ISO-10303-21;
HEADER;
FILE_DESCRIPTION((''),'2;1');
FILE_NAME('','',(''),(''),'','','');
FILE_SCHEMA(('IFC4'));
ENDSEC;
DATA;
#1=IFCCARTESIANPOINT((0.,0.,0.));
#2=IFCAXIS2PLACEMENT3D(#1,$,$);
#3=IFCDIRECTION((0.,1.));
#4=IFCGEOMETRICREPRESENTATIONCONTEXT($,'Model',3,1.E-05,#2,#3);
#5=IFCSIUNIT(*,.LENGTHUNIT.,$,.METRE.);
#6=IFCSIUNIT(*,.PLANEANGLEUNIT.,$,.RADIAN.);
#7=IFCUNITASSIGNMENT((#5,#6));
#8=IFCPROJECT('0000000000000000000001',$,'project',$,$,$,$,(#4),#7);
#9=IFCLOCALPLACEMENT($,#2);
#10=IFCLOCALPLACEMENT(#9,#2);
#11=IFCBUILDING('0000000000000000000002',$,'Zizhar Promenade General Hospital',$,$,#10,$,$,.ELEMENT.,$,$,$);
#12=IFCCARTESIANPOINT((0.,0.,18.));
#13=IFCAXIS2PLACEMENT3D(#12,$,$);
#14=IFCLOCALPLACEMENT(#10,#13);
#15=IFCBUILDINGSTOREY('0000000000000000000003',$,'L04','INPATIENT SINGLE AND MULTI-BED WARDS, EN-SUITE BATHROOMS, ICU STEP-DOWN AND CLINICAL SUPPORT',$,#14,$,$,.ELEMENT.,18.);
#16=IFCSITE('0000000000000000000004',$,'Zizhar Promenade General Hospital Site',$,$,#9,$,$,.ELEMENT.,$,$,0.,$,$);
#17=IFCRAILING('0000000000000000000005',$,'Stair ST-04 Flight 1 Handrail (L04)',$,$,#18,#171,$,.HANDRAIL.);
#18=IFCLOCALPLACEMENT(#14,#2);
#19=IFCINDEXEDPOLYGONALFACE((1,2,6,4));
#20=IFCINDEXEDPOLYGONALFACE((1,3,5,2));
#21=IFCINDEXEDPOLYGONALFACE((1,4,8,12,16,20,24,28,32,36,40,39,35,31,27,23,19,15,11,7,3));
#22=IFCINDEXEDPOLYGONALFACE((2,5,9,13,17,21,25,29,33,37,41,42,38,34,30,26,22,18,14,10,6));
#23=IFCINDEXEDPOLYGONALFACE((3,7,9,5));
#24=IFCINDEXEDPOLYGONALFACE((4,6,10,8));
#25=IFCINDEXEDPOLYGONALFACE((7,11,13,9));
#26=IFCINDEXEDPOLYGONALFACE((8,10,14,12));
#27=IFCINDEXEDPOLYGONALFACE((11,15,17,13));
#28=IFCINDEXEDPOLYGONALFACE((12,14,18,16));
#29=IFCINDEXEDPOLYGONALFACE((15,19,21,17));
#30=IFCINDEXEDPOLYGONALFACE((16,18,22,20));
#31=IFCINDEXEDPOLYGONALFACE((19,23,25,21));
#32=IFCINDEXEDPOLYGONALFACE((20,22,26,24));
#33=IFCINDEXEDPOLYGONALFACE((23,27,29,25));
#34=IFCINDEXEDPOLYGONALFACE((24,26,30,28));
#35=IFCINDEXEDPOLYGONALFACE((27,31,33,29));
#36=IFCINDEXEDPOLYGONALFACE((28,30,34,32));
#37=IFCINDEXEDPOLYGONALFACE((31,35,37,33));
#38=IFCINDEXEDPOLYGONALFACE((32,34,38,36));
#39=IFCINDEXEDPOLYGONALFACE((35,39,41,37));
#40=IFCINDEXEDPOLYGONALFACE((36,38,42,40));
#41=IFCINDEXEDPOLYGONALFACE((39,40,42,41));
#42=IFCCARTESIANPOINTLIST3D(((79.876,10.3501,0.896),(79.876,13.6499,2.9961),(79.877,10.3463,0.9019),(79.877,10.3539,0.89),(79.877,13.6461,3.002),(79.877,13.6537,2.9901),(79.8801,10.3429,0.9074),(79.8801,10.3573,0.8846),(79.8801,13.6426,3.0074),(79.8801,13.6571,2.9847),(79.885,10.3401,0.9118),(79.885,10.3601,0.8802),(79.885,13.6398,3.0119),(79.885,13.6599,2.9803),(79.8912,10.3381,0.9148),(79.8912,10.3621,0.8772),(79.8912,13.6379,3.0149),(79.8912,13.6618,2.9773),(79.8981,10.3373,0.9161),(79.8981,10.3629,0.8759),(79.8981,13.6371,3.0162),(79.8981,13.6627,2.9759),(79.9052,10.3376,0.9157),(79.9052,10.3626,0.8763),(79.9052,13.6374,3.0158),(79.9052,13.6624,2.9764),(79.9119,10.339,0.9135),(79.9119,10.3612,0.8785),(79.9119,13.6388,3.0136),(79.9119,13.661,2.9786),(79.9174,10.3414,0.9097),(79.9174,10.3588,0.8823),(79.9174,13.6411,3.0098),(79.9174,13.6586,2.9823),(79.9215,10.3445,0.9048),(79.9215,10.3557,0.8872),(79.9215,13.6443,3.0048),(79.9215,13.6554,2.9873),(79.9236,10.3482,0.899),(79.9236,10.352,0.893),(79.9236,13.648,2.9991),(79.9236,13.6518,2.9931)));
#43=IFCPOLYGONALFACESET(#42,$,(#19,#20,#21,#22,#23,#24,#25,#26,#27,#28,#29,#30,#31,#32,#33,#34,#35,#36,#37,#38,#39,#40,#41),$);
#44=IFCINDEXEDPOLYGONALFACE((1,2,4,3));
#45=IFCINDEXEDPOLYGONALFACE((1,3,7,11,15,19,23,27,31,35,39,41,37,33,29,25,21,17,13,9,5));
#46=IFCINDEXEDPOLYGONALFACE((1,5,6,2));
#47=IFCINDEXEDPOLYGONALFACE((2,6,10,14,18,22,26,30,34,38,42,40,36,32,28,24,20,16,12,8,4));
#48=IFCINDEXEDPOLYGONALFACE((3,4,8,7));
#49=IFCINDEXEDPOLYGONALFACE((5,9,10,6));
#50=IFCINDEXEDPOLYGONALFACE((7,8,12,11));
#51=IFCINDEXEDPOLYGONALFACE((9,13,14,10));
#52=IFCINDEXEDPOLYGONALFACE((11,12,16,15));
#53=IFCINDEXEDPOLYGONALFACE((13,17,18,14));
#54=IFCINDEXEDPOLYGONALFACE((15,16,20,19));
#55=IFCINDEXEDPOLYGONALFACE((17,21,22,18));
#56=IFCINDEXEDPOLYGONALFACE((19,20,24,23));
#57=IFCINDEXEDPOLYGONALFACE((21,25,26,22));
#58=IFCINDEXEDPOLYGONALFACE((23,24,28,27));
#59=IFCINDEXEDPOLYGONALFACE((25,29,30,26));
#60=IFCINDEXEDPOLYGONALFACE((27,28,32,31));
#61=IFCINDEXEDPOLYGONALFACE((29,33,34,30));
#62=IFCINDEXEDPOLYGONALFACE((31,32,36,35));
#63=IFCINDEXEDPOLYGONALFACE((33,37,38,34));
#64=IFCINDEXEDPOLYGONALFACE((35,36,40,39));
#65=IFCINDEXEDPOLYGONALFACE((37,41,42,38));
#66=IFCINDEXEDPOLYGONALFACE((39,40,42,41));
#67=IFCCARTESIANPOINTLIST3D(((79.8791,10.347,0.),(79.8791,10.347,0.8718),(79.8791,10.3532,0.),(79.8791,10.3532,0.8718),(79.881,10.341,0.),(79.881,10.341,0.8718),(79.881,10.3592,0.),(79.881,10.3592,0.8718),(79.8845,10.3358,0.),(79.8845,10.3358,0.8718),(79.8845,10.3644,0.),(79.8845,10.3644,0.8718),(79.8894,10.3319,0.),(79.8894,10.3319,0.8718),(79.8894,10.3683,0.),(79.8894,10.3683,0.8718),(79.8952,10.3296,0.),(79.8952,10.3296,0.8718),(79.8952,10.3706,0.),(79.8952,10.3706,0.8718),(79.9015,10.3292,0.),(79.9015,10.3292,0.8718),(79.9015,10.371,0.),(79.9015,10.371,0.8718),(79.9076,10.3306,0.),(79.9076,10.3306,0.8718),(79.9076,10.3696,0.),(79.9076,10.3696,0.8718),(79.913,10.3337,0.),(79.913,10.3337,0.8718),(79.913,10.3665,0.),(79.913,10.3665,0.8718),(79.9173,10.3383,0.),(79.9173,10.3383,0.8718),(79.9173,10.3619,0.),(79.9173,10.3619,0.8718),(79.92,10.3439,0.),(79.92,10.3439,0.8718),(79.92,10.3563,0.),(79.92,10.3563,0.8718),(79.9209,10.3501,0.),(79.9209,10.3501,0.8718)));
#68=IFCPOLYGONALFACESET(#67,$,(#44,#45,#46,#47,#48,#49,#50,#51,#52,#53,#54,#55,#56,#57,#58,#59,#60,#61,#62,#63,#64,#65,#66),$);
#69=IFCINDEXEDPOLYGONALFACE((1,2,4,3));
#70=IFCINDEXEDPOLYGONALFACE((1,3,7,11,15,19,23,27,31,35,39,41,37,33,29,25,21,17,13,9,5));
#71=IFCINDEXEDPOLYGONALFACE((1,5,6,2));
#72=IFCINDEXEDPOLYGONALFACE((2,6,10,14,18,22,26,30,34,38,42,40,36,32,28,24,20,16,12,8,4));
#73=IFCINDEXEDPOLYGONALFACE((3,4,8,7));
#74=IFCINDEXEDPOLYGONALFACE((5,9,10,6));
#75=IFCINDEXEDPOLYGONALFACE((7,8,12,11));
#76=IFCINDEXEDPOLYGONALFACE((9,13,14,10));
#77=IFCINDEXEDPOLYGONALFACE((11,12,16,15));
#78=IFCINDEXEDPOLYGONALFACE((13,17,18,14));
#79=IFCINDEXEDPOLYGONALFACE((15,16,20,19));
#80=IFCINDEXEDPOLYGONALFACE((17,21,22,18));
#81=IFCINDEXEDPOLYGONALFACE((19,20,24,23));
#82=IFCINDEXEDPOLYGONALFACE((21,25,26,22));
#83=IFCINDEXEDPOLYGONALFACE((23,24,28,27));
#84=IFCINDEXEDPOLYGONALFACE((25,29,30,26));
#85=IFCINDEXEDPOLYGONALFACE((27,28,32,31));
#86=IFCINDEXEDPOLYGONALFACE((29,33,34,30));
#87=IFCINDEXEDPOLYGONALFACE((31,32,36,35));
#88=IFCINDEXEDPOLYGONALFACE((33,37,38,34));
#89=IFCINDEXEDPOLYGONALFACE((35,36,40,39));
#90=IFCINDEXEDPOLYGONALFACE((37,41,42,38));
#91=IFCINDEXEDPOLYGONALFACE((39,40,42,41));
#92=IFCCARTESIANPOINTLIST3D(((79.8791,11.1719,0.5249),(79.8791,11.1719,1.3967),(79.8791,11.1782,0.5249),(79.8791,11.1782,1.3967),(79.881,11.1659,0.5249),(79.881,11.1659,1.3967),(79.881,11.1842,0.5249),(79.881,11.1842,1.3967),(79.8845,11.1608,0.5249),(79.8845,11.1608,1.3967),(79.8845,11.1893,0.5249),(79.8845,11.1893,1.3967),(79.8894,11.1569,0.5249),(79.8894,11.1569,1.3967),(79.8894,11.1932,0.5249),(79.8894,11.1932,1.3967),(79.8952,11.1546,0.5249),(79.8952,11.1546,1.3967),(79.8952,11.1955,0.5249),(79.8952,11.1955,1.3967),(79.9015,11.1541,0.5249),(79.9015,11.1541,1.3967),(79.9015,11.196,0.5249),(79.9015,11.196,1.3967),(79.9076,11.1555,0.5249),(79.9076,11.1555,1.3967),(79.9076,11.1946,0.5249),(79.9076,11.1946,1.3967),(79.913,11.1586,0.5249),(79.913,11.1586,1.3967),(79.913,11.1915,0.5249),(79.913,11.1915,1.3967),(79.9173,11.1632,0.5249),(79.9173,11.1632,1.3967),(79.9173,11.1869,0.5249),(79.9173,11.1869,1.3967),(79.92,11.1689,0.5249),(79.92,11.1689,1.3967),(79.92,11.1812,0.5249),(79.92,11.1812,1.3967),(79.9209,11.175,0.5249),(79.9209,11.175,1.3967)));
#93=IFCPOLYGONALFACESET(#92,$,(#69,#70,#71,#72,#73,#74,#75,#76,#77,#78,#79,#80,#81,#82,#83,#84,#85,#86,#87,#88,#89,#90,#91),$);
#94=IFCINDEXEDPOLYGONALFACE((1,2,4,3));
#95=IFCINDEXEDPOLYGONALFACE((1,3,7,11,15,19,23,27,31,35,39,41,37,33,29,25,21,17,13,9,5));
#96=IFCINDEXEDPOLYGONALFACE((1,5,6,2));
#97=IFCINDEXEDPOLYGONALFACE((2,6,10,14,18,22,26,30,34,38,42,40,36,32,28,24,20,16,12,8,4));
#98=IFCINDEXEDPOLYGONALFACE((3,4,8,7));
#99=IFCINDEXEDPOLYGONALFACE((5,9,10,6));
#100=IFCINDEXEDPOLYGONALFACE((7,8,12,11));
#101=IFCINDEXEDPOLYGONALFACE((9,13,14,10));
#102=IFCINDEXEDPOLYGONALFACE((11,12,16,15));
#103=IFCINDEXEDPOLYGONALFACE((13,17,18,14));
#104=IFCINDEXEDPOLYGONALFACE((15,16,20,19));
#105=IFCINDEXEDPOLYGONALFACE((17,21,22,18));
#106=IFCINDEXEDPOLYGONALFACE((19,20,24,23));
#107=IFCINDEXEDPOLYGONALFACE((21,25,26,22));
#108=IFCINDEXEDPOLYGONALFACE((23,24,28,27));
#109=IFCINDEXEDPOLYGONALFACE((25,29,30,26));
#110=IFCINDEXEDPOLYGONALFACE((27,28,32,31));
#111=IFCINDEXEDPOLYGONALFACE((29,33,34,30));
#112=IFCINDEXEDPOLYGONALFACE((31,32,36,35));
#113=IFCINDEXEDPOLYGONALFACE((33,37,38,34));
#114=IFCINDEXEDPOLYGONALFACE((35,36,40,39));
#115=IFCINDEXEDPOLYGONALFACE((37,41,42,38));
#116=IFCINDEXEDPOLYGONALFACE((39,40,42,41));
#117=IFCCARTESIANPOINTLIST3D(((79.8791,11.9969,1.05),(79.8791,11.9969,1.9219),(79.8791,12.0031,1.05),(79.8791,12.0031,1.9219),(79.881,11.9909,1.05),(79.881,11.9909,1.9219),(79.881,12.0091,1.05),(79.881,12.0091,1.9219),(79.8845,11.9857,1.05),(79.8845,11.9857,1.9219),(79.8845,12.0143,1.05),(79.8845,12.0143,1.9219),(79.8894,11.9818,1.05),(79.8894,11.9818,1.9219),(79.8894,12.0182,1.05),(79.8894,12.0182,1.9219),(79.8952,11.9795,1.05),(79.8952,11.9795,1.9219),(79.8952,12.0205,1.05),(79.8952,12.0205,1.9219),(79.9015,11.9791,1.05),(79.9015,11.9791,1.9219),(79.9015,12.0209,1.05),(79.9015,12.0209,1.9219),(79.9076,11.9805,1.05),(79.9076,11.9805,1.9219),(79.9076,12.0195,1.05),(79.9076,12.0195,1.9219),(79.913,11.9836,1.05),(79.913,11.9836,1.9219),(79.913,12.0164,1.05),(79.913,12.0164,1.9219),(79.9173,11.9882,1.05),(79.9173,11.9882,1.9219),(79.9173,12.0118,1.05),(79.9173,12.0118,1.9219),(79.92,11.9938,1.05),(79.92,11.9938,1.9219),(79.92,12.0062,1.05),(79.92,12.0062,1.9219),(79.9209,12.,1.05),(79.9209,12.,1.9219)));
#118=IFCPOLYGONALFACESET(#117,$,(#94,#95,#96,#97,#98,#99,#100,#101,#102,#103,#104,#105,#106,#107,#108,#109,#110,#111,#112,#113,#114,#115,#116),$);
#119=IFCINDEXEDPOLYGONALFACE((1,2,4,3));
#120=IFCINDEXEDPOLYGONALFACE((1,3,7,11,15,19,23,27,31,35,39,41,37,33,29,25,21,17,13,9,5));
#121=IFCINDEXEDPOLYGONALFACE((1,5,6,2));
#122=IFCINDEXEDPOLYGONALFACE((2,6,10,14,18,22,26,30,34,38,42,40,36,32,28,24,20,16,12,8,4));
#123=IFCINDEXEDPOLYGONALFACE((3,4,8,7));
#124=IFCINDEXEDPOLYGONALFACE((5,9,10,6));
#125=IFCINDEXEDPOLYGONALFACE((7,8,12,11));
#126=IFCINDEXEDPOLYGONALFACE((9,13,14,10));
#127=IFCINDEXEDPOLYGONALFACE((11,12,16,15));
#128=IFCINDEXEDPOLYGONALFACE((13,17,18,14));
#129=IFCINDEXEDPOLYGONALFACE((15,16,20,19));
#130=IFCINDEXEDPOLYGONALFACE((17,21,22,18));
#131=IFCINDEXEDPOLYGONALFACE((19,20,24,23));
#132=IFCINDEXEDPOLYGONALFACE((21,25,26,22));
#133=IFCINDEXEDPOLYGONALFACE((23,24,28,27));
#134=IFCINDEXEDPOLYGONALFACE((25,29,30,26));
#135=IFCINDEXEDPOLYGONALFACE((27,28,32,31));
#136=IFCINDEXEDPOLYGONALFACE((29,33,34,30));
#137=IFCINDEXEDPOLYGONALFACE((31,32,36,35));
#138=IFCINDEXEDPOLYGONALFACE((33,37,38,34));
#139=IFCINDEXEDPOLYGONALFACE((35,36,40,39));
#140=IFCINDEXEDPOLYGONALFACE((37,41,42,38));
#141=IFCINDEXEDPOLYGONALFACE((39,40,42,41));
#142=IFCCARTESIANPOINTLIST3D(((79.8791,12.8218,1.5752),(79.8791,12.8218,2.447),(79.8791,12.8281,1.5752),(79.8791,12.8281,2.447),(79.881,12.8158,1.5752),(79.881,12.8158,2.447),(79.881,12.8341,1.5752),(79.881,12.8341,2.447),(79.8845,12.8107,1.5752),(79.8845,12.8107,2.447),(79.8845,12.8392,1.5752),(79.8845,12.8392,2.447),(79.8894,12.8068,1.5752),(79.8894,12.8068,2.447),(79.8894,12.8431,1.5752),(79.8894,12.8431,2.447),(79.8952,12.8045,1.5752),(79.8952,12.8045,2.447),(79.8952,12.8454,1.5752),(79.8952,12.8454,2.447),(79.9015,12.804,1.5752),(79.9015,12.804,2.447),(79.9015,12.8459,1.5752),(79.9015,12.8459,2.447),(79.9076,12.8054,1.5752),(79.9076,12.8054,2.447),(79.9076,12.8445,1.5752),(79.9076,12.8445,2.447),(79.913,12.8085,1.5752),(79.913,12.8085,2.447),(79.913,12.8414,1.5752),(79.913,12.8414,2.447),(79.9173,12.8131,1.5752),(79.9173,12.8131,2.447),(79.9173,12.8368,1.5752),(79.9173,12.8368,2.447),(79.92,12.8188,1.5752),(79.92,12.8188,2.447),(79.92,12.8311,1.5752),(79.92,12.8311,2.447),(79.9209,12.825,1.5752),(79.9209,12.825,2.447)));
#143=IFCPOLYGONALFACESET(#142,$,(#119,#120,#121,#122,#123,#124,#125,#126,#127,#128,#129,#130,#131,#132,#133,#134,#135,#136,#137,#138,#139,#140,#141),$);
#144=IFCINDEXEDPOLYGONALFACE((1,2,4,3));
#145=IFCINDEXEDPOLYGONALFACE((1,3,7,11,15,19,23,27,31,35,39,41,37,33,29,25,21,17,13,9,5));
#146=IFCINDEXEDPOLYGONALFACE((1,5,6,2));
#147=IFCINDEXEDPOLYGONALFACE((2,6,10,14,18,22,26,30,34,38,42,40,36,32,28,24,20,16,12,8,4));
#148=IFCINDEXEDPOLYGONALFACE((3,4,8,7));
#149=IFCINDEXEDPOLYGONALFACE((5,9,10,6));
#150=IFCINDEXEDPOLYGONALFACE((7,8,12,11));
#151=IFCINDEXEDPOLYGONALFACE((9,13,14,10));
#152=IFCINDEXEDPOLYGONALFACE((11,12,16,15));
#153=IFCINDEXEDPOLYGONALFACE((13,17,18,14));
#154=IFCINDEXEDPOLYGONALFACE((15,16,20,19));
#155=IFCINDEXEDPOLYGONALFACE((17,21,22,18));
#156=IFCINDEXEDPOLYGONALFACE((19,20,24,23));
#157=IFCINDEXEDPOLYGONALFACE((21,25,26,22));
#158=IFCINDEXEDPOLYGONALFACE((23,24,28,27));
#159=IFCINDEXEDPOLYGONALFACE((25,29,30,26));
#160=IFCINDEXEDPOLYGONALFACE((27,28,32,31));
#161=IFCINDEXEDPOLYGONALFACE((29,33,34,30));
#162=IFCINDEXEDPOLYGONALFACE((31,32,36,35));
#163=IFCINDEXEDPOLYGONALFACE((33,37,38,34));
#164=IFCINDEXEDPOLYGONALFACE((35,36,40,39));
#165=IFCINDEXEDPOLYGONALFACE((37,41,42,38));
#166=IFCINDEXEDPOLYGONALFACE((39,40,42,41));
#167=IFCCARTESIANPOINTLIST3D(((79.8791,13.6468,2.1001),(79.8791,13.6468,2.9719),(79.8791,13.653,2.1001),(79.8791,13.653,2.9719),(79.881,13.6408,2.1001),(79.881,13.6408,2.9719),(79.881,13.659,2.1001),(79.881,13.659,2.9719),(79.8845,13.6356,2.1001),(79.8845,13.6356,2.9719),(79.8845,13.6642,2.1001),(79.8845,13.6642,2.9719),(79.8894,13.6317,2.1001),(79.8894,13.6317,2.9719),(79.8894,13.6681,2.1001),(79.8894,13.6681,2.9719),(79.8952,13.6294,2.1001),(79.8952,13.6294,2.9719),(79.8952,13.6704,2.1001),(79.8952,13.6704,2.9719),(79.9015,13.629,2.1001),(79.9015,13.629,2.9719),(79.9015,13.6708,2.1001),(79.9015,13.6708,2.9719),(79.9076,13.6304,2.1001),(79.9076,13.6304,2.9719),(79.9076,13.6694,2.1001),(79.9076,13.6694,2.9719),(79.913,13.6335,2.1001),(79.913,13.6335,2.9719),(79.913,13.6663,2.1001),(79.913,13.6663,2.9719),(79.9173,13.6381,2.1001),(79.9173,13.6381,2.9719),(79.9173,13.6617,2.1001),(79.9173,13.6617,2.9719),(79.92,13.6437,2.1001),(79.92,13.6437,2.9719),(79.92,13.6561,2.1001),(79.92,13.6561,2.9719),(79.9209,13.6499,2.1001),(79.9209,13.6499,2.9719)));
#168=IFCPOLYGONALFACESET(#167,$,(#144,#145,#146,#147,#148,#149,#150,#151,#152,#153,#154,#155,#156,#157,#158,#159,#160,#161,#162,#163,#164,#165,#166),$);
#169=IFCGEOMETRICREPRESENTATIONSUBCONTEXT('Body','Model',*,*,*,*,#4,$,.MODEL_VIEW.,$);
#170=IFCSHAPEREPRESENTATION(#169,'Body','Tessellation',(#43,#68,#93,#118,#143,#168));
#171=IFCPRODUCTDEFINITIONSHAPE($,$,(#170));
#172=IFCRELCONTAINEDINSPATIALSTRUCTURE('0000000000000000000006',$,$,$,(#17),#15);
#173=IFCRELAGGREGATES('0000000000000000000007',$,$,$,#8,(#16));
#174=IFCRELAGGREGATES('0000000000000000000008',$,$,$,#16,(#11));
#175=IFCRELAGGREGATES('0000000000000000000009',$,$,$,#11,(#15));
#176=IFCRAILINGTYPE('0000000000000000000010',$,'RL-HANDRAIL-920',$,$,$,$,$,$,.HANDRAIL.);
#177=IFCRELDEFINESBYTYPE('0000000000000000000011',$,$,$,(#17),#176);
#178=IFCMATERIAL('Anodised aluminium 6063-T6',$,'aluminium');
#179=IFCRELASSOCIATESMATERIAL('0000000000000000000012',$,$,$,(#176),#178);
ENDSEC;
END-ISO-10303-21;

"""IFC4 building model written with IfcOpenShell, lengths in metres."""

from ifc_helpers import new_model, si_unit, direction, frame, origin, origin_2d, place, context, subcontext, project, spatial, circle, hollow_circle, extrude, material, material_profile, profile_set, type_object, element, save


model = new_model("IFC4")

# Units and contexts
model_context = context("Model", 3, precision=1e-05, world=origin(), true_north=direction((0.0, 1.0)))
body_context = subcontext(model_context, "Body", "Model", "MODEL_VIEW")
ifc_project = project(units=[si_unit("LENGTHUNIT", "METRE"), si_unit("PLANEANGLEUNIT", "RADIAN")], contexts=[model_context])

# Site, building, storey
site_placement = place(None, origin())
site = spatial("IfcSite", under=ifc_project, at=site_placement, Name="Zizhar Promenade General Hospital Site", CompositionType="ELEMENT", RefElevation=0.0)
building_placement = place(site_placement, origin())
building = spatial("IfcBuilding", under=site, at=building_placement, Name="Zizhar Promenade General Hospital", CompositionType="ELEMENT")
storey_placement = place(building_placement, frame((0.0, 0.0, 18.0)))
storey = spatial("IfcBuildingStorey", under=building, at=storey_placement, Name="L04", Description="INPATIENT SINGLE AND MULTI-BED WARDS, EN-SUITE BATHROOMS, ICU STEP-DOWN AND CLINICAL SUPPORT", CompositionType="ELEMENT", Elevation=18.0)

# Railing
ifc_material_1 = material(Name="Anodised aluminium 6063-T6", Category="aluminium")
ifc_material_profile_1 = material_profile(ifc_material_1, hollow_circle(Radius=0.0698, WallThickness=0.0063, at=origin_2d()))
ifc_profile_set_1 = profile_set([ifc_material_profile_1], Name="Anodised aluminium 6063-T6")
railing_type_1 = type_object("IfcRailingType", Name="RL-HANDRAIL-920", PredefinedType="HANDRAIL", material=ifc_profile_set_1)
railing_1_placement = place(storey_placement, frame((79.8999, 10.3501, 0.0)))
element("IfcRailing", 1, at=railing_1_placement, inside=storey, type_object=railing_type_1, Name="Stair ST-04 Flight 1 Handrail (L04)", PredefinedType="HANDRAIL", context=body_context, shape_type="SweptSolid", body=[
    extrude(circle(Radius=0.0239, at=origin_2d()), frame((0.0, 0.0, 0.896), z_axis=(0.0, 0.843636, 0.536916), x_axis=(-1.0, 0.0, 0.0)), (0.0, 0.0, 1.0), 3.9114),
    extrude(circle(Radius=0.021, at=origin_2d()), origin(), (0.0, 0.0, 1.0), 0.8718),
    extrude(circle(Radius=0.021, at=origin_2d()), frame((0.0, 0.825, 0.5249)), (0.0, 0.0, 1.0), 0.8718),
    extrude(circle(Radius=0.021, at=origin_2d()), frame((0.0, 1.6499, 1.05)), (0.0, 0.0, 1.0), 0.8718),
    extrude(circle(Radius=0.021, at=origin_2d()), frame((0.0, 2.4749, 1.5752)), (0.0, 0.0, 1.0), 0.8718),
    extrude(circle(Radius=0.021, at=origin_2d()), frame((0.0, 3.2998, 2.1001)), (0.0, 0.0, 1.0), 0.8718),
])

save(model, "model.ifc")
